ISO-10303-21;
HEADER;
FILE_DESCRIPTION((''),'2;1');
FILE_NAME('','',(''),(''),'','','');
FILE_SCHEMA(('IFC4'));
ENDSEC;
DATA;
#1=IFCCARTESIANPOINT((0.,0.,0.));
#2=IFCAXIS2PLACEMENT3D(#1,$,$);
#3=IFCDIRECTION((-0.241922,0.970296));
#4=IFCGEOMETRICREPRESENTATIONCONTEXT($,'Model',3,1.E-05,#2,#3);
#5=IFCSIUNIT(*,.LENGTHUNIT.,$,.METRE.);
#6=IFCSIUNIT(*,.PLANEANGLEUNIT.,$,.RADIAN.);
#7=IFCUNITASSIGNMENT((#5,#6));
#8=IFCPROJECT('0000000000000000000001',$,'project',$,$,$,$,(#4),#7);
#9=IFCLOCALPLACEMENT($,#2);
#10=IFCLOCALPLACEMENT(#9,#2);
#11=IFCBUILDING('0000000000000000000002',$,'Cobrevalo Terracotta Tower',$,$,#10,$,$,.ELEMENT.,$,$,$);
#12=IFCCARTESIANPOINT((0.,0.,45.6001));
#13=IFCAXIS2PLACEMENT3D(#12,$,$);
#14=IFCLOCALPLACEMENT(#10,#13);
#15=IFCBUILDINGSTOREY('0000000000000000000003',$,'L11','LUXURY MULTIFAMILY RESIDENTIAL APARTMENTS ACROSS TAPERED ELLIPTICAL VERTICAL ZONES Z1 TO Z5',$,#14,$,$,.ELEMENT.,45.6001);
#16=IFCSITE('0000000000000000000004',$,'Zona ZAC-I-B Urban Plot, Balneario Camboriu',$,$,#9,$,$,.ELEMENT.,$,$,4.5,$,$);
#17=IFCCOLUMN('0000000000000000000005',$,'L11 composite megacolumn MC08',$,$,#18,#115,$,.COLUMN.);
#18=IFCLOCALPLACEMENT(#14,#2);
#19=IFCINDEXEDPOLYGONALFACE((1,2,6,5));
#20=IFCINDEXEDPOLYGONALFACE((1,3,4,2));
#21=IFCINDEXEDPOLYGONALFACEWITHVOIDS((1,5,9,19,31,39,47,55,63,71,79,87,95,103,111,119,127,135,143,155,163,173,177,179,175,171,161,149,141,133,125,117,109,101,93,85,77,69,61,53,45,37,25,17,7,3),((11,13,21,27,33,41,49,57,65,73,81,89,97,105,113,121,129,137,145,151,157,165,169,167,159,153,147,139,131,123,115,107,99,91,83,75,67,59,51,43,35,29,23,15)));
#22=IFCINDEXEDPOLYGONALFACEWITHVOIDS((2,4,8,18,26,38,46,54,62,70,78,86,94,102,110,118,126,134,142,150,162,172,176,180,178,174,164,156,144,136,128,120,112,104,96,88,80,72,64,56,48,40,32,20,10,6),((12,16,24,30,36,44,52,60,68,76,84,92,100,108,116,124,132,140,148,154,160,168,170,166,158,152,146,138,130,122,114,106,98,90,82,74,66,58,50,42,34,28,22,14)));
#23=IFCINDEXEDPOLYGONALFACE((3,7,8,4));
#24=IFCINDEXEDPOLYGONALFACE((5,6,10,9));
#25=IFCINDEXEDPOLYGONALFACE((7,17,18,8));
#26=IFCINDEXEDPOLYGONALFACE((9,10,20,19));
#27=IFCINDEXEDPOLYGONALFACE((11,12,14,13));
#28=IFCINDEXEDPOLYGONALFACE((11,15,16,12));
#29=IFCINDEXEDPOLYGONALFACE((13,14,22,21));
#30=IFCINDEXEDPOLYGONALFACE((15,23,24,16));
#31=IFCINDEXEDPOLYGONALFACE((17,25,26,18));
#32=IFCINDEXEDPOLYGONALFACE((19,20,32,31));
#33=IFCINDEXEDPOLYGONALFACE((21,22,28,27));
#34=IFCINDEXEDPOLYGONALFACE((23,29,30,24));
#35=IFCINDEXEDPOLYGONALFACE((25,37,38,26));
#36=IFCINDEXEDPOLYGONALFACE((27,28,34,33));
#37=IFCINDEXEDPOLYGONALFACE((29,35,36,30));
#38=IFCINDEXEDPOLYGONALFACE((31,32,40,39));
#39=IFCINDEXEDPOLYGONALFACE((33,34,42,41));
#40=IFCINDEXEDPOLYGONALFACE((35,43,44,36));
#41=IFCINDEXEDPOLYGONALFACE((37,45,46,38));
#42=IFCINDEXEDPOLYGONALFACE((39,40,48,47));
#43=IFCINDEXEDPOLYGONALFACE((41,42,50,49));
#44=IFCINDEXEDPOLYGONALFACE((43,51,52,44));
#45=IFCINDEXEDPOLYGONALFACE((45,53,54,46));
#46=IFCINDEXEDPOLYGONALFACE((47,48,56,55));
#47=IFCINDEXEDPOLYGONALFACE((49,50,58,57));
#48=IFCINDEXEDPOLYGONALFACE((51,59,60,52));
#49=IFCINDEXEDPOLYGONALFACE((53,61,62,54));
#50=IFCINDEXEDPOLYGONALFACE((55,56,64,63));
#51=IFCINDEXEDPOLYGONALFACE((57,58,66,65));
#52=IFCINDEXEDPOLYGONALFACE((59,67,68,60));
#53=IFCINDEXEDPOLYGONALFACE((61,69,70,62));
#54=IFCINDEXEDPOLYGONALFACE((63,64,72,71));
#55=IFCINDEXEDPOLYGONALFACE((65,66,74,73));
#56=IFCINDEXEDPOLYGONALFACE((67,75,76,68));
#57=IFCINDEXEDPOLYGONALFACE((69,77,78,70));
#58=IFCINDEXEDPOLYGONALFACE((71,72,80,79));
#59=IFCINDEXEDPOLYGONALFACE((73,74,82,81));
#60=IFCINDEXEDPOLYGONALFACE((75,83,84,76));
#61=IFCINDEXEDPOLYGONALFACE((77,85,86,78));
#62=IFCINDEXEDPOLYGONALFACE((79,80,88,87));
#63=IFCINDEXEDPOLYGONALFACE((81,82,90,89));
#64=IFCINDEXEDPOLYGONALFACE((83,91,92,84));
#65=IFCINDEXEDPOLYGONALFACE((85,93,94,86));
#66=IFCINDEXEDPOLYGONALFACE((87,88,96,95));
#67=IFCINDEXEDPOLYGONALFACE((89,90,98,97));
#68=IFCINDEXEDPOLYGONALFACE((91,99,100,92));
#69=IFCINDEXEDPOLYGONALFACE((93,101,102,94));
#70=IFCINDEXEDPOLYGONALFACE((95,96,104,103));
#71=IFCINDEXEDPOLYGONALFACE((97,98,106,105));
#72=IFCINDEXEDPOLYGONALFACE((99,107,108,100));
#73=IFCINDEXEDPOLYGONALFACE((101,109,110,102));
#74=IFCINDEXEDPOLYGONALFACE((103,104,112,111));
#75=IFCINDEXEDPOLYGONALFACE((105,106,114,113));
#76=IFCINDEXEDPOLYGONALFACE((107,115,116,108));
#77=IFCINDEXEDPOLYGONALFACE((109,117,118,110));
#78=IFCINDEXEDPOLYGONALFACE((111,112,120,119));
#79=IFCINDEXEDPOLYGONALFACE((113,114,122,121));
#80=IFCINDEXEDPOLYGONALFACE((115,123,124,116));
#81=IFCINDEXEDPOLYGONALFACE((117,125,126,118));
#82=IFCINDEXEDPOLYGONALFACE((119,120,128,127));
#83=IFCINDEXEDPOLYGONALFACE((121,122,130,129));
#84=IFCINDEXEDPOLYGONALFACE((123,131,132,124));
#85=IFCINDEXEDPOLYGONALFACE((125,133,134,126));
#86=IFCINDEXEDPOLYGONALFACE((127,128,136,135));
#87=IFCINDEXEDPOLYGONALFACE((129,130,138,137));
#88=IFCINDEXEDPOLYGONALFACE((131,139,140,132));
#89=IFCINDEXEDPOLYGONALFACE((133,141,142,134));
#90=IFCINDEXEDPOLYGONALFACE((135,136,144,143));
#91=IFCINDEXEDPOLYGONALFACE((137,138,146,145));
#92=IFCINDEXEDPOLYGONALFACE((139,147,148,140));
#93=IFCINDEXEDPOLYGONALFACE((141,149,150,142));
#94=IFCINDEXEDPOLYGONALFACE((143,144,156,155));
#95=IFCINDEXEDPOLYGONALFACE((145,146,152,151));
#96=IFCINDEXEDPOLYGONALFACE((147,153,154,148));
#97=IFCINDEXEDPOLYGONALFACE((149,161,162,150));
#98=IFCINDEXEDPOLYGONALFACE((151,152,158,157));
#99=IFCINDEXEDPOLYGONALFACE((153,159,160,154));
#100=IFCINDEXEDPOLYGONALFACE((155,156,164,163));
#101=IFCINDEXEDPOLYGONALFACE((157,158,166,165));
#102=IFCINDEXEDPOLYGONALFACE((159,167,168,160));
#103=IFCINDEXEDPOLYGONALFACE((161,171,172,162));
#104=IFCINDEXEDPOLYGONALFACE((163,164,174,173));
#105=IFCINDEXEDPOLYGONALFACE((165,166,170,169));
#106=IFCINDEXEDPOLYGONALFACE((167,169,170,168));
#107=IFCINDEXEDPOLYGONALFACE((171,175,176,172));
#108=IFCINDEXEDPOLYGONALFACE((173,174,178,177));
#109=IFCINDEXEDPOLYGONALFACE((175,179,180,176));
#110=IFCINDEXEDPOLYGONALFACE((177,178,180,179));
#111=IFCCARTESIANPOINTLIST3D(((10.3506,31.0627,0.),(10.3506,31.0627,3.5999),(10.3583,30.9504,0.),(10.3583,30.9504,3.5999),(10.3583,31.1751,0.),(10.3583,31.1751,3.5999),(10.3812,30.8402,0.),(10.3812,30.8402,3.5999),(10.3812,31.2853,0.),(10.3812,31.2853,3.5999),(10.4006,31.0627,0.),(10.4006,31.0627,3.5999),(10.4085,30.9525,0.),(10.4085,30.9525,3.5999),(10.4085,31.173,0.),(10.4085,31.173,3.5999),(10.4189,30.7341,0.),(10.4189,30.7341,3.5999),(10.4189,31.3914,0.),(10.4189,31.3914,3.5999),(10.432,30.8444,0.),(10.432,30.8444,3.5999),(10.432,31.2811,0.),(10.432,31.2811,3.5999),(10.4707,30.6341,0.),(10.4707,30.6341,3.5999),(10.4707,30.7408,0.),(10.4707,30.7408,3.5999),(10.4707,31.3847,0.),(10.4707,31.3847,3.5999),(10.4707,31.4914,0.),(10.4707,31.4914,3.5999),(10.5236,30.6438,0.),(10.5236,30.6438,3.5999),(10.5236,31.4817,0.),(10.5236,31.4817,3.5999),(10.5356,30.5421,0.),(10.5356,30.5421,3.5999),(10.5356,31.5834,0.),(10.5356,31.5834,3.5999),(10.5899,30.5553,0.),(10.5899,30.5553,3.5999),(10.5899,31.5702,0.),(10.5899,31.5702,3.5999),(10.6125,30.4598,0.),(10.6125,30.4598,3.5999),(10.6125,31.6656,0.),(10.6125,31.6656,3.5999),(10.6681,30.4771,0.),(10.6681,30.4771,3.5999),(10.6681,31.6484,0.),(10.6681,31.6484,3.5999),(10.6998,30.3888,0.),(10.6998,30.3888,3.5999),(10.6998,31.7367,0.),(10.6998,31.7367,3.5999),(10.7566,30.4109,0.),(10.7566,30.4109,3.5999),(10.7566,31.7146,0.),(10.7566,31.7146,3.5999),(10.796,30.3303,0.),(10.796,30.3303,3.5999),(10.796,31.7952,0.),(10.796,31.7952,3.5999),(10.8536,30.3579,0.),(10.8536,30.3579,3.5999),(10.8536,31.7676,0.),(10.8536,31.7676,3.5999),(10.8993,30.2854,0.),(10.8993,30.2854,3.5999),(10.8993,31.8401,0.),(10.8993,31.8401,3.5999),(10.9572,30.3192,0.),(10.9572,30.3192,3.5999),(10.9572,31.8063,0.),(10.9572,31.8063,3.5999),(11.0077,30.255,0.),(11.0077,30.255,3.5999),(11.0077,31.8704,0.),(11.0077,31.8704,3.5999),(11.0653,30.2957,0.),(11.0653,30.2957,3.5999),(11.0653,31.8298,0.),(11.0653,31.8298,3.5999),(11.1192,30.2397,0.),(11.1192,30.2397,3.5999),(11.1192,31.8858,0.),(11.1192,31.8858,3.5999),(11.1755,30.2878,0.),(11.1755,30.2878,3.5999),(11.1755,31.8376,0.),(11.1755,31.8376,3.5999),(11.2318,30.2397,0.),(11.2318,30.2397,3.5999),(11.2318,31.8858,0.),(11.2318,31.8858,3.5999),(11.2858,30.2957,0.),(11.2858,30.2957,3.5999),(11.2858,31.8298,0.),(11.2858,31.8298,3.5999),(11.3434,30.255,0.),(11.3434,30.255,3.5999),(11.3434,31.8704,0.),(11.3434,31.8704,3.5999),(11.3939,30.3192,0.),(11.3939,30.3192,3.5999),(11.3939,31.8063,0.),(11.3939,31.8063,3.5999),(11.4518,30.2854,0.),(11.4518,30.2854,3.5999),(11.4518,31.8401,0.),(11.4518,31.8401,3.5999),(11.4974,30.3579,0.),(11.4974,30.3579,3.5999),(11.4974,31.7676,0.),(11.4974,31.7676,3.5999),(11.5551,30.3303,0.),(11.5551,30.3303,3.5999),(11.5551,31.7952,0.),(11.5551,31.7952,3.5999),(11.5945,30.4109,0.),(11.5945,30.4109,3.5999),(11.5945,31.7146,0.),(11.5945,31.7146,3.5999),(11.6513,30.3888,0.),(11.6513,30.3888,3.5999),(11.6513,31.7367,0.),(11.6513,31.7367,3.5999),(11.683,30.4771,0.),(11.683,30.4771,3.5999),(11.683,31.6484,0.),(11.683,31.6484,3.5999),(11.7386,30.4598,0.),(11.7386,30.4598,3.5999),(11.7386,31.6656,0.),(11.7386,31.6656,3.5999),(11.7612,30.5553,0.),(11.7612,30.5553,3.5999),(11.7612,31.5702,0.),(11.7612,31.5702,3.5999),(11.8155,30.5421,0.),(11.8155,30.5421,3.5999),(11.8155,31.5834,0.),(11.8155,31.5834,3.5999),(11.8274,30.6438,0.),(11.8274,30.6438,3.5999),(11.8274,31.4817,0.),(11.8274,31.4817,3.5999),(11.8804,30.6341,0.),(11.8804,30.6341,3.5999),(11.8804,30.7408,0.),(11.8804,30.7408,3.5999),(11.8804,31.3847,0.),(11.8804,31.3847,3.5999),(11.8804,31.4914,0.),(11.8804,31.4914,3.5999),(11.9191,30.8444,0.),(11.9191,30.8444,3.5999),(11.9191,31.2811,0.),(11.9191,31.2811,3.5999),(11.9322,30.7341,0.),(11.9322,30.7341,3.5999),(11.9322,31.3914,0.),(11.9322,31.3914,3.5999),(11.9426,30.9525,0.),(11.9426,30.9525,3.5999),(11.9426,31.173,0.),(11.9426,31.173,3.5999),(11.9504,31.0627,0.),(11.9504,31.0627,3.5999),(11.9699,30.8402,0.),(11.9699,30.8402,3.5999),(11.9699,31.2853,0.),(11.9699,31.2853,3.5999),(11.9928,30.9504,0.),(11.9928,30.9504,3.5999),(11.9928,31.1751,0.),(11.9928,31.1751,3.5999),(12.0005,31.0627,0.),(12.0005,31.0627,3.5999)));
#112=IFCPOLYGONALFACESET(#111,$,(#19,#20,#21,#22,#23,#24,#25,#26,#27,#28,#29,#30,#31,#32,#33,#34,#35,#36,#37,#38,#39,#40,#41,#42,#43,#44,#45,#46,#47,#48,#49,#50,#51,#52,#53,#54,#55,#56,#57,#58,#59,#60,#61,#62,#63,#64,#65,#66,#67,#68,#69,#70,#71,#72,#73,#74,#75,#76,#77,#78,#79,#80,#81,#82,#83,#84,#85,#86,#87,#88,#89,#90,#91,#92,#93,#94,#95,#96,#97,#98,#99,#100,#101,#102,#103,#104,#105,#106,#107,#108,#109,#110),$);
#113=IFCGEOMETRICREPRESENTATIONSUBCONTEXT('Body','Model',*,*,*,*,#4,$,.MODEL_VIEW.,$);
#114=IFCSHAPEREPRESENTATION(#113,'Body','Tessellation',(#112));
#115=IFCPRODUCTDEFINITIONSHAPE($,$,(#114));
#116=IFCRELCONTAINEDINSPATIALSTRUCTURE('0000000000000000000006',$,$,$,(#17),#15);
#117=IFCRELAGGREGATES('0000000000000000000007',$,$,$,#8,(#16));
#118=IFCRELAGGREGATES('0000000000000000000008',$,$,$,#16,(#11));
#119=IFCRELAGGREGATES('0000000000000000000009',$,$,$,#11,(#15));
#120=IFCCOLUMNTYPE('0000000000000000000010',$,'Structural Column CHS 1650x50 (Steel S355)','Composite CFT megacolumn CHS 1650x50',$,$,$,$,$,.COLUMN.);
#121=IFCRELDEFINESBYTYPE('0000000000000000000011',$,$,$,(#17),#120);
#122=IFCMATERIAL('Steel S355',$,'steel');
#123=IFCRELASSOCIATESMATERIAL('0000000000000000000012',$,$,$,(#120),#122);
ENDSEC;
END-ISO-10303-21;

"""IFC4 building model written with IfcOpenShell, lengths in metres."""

from ifc_helpers import new_model, si_unit, direction, frame, origin, origin_2d, place, context, subcontext, project, spatial, hollow_circle, extrude, material, material_profile, profile_set, type_object, element, save


model = new_model("IFC4")

# Units and contexts
model_context = context("Model", 3, precision=1e-05, world=origin(), true_north=direction((-0.241922, 0.970296)))
body_context = subcontext(model_context, "Body", "Model", "MODEL_VIEW")
ifc_project = project(units=[si_unit("LENGTHUNIT", "METRE"), si_unit("PLANEANGLEUNIT", "RADIAN")], contexts=[model_context])

# Site, building, storey
site_placement = place(None, origin())
site = spatial("IfcSite", under=ifc_project, at=site_placement, Name="Zona ZAC-I-B Urban Plot, Balneario Camboriu", CompositionType="ELEMENT", RefElevation=4.5)
building_placement = place(site_placement, origin())
building = spatial("IfcBuilding", under=site, at=building_placement, Name="Cobrevalo Terracotta Tower", CompositionType="ELEMENT")
storey_placement = place(building_placement, frame((0.0, 0.0, 45.6001)))
storey = spatial("IfcBuildingStorey", under=building, at=storey_placement, Name="L11", Description="LUXURY MULTIFAMILY RESIDENTIAL APARTMENTS ACROSS TAPERED ELLIPTICAL VERTICAL ZONES Z1 TO Z5", CompositionType="ELEMENT", Elevation=45.6001)

# Column
ifc_material_1 = material(Name="Steel S355", Category="steel")
ifc_material_profile_1 = material_profile(ifc_material_1, hollow_circle(Radius=0.825, WallThickness=0.05, at=origin_2d()), Name="CHS 1650x50")
ifc_profile_set_1 = profile_set([ifc_material_profile_1], Name="Steel S355")
column_type = type_object("IfcColumnType", Name="Structural Column CHS 1650x50 (Steel S355)", Description="Composite CFT megacolumn CHS 1650x50", PredefinedType="COLUMN", material=ifc_profile_set_1)
for number, where, z_axis, x_axis, name in (
    (1, (11.1755, 31.0627, 0.0), (0.0, 0.0, 1.0), (1.0, 0.0, 0.0), "L11 composite megacolumn MC08"),
):
    element("IfcColumn", number, at=place(storey_placement, frame(where, z_axis=z_axis, x_axis=x_axis)), inside=storey, type_object=column_type, Name=name, PredefinedType="COLUMN", context=body_context, shape_type="SweptSolid", body=[
        extrude(hollow_circle(Radius=0.825, WallThickness=0.05, at=origin_2d()), origin(), (0.0, 0.0, 1.0), 3.5999),
    ])

save(model, "model.ifc")
